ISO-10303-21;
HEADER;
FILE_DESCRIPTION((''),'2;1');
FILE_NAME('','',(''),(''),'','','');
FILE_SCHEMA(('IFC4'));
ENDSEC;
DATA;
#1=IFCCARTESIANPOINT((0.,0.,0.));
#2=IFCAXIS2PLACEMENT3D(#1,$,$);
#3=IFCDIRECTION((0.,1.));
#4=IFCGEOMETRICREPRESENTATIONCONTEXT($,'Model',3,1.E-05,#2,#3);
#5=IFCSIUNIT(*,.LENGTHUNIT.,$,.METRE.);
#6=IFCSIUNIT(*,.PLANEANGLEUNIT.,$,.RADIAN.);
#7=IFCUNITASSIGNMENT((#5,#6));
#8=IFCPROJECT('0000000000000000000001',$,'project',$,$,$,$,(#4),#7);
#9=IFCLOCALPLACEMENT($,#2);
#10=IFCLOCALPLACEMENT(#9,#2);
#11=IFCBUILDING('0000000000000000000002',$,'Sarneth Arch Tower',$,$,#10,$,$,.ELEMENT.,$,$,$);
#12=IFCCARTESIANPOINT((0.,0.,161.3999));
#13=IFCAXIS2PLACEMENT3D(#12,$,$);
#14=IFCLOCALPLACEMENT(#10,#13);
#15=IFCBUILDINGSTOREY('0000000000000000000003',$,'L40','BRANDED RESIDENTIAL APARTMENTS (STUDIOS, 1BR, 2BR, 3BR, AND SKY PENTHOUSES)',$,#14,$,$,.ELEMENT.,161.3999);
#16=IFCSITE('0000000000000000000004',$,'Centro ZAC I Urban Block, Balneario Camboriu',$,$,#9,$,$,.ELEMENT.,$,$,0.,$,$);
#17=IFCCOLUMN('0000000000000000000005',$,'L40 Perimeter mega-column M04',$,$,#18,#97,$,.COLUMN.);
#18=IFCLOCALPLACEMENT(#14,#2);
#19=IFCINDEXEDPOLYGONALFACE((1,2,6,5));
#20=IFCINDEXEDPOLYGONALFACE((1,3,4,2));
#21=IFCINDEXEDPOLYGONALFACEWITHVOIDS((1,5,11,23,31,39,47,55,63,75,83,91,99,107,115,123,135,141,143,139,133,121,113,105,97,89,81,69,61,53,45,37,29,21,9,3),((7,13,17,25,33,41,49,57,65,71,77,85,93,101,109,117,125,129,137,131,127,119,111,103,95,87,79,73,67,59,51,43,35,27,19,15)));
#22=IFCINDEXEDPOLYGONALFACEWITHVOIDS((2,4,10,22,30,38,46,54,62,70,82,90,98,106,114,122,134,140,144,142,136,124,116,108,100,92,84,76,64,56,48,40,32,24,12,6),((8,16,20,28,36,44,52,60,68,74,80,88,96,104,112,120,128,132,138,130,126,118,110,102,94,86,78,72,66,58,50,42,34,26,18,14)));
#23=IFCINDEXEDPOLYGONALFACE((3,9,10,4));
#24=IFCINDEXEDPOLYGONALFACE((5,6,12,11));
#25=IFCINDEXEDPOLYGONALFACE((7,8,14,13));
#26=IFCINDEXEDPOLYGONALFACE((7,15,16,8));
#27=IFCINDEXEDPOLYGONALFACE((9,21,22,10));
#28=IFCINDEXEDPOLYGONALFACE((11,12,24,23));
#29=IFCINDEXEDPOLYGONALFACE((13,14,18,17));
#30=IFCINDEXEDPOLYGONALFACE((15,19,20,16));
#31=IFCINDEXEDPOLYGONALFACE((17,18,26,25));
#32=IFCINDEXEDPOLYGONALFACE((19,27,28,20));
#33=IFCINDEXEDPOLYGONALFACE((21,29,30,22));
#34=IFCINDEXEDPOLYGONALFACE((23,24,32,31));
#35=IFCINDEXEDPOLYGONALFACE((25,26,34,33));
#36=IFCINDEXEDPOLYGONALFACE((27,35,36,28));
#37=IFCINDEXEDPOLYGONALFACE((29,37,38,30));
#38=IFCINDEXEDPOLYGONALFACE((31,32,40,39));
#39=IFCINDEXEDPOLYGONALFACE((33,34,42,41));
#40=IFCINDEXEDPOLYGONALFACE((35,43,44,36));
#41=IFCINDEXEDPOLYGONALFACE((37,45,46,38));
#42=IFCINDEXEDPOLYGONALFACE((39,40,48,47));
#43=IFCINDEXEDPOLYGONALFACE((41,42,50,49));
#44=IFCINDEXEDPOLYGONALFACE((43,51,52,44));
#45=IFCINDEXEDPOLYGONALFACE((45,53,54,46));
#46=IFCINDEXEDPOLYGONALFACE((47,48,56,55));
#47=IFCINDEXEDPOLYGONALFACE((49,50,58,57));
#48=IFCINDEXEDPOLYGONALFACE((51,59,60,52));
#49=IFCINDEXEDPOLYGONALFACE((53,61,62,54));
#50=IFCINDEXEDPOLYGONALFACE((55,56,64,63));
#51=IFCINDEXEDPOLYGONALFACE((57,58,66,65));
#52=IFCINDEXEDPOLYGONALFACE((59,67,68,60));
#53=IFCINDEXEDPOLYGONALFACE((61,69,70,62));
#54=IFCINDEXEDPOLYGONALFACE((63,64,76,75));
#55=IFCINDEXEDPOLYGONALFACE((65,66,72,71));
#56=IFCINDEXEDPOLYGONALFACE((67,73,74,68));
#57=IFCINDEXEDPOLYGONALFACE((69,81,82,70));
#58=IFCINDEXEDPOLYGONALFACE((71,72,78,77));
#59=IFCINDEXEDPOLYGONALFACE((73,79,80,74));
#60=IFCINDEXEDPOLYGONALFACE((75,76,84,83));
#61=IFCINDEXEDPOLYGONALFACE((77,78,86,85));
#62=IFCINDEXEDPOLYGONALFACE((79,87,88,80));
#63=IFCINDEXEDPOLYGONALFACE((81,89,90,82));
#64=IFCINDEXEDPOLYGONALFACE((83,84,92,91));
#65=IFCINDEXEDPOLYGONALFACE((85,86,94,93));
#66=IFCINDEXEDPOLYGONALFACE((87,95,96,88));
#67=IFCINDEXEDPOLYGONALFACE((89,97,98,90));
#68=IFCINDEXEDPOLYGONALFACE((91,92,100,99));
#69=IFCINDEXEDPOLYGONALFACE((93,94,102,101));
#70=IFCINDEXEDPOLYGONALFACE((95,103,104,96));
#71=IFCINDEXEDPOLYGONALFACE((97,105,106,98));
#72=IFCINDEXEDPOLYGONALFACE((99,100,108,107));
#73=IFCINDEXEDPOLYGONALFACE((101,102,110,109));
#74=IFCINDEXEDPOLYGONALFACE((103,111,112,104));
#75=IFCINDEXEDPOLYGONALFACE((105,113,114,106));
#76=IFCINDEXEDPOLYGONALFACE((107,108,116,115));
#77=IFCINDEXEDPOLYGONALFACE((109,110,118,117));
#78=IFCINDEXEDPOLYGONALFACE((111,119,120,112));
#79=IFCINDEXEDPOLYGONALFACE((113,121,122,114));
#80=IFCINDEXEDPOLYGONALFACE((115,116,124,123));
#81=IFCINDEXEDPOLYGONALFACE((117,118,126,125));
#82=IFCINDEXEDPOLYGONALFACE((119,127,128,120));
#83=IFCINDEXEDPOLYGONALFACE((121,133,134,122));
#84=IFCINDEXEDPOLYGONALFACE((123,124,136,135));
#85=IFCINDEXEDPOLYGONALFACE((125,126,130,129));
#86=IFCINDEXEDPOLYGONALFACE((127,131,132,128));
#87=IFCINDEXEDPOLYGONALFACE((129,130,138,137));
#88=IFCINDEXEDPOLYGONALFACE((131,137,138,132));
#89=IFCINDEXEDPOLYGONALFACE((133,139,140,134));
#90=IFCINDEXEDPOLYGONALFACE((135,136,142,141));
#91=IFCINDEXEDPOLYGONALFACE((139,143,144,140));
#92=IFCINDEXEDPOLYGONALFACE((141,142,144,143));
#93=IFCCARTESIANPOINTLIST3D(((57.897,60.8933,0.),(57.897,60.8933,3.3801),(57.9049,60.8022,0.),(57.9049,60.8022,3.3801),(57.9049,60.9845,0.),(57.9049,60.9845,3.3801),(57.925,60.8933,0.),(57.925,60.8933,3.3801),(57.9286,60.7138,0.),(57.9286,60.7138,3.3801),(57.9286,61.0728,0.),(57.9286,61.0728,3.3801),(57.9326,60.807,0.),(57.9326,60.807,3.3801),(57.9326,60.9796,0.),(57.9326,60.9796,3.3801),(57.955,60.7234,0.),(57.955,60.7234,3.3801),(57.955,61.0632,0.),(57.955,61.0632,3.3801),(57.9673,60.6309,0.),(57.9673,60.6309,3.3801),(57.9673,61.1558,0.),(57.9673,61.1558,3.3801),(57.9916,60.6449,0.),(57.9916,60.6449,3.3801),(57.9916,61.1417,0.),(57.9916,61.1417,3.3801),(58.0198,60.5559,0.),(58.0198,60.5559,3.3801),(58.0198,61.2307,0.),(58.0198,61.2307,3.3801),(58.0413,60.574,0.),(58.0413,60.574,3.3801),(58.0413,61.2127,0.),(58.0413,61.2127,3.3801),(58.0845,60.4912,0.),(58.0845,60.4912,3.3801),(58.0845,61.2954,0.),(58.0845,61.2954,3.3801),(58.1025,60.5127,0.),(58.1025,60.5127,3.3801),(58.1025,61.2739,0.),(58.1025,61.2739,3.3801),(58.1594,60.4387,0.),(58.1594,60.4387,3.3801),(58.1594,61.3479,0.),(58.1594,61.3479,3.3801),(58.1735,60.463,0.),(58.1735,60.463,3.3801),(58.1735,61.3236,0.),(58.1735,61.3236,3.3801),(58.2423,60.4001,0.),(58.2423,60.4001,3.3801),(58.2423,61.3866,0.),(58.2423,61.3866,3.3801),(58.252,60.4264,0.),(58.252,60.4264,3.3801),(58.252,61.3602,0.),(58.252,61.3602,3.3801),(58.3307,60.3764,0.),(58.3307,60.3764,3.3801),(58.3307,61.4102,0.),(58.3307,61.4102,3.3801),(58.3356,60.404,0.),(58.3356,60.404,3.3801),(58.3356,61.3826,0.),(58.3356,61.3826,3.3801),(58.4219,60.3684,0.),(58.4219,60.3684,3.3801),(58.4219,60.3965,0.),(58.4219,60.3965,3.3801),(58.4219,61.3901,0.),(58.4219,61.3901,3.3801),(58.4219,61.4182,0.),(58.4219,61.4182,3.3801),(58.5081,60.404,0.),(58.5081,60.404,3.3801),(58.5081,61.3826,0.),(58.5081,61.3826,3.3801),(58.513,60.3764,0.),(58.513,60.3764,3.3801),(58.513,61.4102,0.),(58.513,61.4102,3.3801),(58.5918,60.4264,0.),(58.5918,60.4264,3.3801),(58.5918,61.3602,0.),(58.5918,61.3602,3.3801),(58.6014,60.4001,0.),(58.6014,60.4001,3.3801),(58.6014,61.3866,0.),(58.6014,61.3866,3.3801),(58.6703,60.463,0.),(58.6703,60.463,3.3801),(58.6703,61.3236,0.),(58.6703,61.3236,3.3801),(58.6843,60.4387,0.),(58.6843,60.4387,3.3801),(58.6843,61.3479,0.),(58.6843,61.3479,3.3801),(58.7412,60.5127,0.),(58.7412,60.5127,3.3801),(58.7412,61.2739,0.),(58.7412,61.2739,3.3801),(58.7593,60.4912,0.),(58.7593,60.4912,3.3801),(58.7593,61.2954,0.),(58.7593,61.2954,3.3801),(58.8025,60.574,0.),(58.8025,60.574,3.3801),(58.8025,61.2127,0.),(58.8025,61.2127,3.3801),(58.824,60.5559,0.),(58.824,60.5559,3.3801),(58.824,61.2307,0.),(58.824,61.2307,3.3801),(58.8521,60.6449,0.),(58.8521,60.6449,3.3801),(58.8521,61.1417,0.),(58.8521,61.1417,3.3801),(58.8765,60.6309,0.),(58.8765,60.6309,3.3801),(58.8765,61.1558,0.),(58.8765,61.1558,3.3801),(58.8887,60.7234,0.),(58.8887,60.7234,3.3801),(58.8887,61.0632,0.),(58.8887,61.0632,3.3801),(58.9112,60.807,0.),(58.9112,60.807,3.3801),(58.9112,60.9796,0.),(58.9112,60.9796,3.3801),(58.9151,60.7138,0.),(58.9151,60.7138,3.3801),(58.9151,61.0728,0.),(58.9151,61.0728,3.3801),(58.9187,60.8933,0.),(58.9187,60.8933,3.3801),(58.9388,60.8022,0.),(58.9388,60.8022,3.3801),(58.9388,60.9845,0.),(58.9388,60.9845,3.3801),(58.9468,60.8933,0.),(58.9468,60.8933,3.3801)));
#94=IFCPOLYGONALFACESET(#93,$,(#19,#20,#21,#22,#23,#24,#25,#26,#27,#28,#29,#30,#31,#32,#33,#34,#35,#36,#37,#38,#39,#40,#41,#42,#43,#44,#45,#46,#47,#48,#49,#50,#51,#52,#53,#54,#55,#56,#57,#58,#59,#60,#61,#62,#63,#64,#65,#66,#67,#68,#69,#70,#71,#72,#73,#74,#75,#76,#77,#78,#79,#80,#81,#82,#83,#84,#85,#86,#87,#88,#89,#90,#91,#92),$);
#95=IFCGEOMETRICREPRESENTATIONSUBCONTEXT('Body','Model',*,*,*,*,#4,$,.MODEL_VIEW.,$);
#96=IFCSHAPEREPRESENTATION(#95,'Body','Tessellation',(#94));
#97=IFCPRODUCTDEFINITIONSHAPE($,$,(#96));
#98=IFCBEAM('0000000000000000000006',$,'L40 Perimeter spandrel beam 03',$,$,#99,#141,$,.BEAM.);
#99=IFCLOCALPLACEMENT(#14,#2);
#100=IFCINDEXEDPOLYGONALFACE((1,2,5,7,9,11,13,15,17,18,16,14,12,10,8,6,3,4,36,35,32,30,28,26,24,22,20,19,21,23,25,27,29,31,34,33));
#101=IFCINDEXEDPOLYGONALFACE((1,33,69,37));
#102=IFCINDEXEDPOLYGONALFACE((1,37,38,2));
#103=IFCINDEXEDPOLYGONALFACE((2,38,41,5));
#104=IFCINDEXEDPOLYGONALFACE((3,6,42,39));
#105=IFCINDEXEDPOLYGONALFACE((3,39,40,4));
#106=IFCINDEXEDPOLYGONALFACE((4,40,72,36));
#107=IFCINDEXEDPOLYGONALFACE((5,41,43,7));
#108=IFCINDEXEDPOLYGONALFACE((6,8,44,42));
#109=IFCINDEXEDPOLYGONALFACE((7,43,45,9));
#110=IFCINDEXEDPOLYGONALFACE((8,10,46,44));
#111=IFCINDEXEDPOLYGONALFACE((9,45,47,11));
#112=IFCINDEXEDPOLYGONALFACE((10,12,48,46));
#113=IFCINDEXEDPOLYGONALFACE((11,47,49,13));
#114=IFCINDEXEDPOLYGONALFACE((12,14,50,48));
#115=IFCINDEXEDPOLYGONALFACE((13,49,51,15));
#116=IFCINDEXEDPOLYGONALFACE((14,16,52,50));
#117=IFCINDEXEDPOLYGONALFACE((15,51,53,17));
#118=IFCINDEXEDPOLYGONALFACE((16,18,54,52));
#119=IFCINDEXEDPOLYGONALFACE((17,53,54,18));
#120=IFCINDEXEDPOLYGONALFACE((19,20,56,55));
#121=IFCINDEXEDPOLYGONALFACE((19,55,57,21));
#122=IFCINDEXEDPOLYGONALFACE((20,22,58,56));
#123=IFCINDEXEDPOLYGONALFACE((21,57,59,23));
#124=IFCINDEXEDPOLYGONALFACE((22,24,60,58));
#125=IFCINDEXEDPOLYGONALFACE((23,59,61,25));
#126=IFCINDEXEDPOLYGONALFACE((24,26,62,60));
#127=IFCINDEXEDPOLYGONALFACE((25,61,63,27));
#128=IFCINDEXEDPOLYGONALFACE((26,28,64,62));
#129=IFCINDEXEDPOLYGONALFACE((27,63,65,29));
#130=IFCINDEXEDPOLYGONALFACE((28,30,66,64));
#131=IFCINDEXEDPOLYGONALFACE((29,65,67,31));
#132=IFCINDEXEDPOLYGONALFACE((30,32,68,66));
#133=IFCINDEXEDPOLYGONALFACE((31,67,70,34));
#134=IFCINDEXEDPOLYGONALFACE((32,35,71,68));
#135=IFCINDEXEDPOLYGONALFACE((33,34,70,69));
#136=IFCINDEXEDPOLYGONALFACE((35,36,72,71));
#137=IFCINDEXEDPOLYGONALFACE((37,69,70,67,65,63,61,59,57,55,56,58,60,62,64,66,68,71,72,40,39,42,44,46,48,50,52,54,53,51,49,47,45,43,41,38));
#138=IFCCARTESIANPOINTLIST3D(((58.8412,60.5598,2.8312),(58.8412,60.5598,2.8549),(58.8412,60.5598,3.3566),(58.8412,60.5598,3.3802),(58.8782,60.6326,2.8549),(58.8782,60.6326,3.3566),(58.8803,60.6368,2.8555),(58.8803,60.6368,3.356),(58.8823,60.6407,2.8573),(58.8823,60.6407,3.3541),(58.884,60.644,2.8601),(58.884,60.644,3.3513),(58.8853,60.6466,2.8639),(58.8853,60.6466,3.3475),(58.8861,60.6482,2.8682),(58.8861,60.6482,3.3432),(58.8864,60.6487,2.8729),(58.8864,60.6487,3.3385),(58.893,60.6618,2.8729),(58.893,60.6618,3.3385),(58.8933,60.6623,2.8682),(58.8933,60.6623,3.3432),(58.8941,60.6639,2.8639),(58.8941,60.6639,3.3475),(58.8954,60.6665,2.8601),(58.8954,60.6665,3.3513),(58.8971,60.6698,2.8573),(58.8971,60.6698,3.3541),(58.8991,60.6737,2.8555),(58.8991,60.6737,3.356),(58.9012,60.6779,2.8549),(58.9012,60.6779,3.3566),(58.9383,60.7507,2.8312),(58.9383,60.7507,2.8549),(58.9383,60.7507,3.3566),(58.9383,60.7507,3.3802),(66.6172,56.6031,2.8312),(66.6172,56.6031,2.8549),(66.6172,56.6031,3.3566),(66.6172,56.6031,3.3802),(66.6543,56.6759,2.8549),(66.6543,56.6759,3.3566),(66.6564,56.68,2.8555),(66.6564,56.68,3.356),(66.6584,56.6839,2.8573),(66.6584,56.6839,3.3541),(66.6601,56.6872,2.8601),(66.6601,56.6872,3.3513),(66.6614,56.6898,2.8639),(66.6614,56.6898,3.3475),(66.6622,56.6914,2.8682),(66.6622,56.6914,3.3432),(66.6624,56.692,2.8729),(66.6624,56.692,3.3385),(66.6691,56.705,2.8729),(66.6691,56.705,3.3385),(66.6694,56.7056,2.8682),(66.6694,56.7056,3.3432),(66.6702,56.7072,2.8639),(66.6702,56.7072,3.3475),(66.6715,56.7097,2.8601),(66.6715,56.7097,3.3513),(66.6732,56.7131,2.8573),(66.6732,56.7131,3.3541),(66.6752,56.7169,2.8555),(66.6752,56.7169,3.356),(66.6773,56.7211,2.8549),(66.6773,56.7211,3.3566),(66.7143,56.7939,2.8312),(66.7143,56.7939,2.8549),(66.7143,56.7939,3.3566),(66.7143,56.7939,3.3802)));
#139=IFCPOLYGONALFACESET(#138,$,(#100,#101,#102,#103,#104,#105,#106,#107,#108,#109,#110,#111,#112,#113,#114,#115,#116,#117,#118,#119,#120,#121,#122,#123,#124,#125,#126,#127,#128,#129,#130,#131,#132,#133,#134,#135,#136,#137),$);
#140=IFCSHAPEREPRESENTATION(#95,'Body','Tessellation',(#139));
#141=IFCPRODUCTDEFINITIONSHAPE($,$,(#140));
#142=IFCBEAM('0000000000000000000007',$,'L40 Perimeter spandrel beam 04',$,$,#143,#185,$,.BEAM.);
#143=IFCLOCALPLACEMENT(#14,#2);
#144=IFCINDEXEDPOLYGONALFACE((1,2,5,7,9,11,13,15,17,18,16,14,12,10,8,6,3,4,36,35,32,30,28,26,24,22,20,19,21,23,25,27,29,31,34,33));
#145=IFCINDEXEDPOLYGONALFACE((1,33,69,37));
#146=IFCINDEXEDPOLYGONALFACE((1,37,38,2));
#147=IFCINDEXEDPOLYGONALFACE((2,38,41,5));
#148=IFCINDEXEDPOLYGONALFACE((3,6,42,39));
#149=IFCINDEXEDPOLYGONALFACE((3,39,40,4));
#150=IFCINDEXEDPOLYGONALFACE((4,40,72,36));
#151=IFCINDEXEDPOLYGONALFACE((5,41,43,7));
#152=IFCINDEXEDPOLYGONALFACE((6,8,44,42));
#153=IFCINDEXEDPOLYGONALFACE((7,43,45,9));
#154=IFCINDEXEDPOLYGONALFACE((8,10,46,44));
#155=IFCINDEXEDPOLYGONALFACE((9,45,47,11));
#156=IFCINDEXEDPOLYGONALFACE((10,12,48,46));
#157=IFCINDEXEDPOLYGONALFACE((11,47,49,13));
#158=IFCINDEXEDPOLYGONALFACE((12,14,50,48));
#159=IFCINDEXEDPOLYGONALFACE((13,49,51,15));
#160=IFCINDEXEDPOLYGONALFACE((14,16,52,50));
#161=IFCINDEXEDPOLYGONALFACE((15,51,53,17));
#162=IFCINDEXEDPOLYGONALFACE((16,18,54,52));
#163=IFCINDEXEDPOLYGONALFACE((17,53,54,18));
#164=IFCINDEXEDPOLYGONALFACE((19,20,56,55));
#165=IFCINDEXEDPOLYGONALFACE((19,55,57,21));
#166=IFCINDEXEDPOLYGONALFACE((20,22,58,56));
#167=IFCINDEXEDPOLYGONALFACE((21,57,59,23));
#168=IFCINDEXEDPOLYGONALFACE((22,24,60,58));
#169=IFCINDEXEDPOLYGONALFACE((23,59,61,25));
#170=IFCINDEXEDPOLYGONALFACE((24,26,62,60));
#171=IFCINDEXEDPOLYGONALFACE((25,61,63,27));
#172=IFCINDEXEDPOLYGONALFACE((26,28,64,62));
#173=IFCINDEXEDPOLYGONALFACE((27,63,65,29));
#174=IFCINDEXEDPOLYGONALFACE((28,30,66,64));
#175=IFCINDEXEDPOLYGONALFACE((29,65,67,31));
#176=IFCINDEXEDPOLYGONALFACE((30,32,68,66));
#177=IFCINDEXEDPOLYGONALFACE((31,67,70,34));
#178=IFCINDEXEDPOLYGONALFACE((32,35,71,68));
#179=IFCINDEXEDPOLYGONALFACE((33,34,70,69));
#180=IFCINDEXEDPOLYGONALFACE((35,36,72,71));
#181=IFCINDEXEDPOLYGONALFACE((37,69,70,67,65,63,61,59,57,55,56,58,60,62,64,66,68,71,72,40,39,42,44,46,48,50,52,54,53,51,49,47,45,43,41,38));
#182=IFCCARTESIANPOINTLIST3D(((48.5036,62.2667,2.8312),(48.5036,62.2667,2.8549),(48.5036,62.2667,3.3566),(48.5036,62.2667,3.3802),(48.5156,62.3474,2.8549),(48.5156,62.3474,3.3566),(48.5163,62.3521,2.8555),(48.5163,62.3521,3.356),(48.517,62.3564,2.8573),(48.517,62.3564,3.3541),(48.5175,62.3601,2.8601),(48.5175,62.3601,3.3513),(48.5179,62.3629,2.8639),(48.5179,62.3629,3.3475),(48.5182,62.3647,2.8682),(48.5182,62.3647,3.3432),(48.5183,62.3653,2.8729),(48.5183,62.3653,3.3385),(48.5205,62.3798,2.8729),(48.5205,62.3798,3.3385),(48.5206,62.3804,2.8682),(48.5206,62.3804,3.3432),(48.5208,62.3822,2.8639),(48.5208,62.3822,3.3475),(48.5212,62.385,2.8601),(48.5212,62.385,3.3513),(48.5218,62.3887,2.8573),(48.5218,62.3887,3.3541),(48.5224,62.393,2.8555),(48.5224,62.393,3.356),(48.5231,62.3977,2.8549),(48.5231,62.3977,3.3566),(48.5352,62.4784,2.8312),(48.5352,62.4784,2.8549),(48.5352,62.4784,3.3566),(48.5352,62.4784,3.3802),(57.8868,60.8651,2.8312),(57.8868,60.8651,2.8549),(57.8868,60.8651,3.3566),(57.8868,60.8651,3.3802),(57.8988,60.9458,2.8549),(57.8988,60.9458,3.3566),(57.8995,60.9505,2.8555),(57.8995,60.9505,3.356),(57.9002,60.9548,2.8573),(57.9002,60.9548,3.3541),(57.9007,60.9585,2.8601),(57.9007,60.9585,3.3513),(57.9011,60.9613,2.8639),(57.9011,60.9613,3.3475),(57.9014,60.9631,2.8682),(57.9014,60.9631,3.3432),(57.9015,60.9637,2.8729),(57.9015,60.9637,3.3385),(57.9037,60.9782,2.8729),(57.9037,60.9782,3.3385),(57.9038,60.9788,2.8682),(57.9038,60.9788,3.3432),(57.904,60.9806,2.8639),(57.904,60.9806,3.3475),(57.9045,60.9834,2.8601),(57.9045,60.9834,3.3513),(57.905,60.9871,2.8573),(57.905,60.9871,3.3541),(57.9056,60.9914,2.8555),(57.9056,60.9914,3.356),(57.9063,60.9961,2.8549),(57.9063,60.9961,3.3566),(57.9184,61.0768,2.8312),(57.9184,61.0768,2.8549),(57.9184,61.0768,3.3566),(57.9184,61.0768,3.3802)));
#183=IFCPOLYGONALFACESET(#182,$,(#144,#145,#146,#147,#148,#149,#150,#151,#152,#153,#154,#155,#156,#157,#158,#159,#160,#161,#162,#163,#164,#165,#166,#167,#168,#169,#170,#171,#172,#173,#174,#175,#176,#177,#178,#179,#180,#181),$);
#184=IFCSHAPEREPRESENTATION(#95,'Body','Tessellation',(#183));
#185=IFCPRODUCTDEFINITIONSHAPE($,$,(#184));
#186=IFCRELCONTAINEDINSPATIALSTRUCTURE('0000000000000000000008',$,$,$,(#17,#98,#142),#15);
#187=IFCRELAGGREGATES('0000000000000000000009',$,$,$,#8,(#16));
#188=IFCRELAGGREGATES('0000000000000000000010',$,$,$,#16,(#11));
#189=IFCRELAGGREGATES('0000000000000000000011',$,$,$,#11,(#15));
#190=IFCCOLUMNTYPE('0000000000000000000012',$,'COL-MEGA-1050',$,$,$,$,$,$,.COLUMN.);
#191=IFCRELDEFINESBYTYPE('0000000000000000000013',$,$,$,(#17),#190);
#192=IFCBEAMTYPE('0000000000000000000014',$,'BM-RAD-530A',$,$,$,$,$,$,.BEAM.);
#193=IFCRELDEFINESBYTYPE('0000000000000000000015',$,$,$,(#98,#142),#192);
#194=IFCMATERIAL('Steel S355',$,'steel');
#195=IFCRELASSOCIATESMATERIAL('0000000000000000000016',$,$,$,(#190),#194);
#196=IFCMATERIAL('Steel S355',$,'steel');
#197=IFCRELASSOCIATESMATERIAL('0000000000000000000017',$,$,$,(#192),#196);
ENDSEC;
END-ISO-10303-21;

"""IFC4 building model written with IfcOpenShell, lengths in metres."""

from ifc_helpers import new_model, si_unit, direction, frame, origin, origin_2d, place, context, subcontext, project, spatial, hollow_circle, i_section, extrude, material, material_profile, profile_set, type_object, element, save


model = new_model("IFC4")

# Units and contexts
model_context = context("Model", 3, precision=1e-05, world=origin(), true_north=direction((0.0, 1.0)))
body_context = subcontext(model_context, "Body", "Model", "MODEL_VIEW")
ifc_project = project(units=[si_unit("LENGTHUNIT", "METRE"), si_unit("PLANEANGLEUNIT", "RADIAN")], contexts=[model_context])

# Site, building, storey
site_placement = place(None, origin())
site = spatial("IfcSite", under=ifc_project, at=site_placement, Name="Centro ZAC I Urban Block, Balneario Camboriu", CompositionType="ELEMENT", RefElevation=0.0)
building_placement = place(site_placement, origin())
building = spatial("IfcBuilding", under=site, at=building_placement, Name="Sarneth Arch Tower", CompositionType="ELEMENT")
storey_placement = place(building_placement, frame((0.0, 0.0, 161.3999)))
storey = spatial("IfcBuildingStorey", under=building, at=storey_placement, Name="L40", Description="BRANDED RESIDENTIAL APARTMENTS (STUDIOS, 1BR, 2BR, 3BR, AND SKY PENTHOUSES)", CompositionType="ELEMENT", Elevation=161.3999)

# Column
ifc_material_1 = material(Name="Steel S355", Category="steel")
ifc_material_profile_1 = material_profile(ifc_material_1, hollow_circle(Radius=0.5249, WallThickness=0.0281, at=origin_2d()), Name="CHS1050x28")
ifc_profile_set_1 = profile_set([ifc_material_profile_1], Name="Steel S355")
column_type = type_object("IfcColumnType", Name="COL-MEGA-1050", PredefinedType="COLUMN", material=ifc_profile_set_1)
column_placement = place(storey_placement, frame((58.4219, 60.8933, 0.0), z_axis=(0.0, 0.0, 1.0), x_axis=(1.0, 0.0, 0.0)))
element("IfcColumn", 1, at=column_placement, inside=storey, type_object=column_type, Name="L40 Perimeter mega-column M04", PredefinedType="COLUMN", context=body_context, shape_type="SweptSolid", body=[
    extrude(hollow_circle(Radius=0.5249, WallThickness=0.0281, at=origin_2d()), origin(), (0.0, 0.0, 1.0), 3.3801),
])

# Beams
ifc_material_2 = material(Name="Steel S355", Category="steel")
ifc_material_profile_2 = material_profile(ifc_material_2, i_section(OverallWidth=0.2141, OverallDepth=0.5491, WebThickness=0.0146, FlangeThickness=0.0237, FilletRadius=0.0181, at=origin_2d()), Name="W530x138")
ifc_profile_set_2 = profile_set([ifc_material_profile_2], Name="Steel S355")
beam_type = type_object("IfcBeamType", Name="BM-RAD-530A", PredefinedType="BEAM", material=ifc_profile_set_2)
beam_1_placement = place(storey_placement, frame((66.6658, 56.6985, 3.1057), z_axis=(-0.891254, 0.453504, 0.0), x_axis=(-0.453504, -0.891254, 0.0)))
element("IfcBeam", 2, at=beam_1_placement, inside=storey, type_object=beam_type, Name="L40 Perimeter spandrel beam 03", PredefinedType="BEAM", context=body_context, shape_type="SweptSolid", body=[
    extrude(i_section(OverallWidth=0.2141, OverallDepth=0.5491, WebThickness=0.0146, FlangeThickness=0.0237, FilletRadius=0.0181, at=origin_2d()), origin(), (0.0, 0.0, 1.0), 8.7249),
])
beam_2_placement = place(storey_placement, frame((57.9026, 60.9709, 3.1057), z_axis=(-0.989027, 0.147734, 0.0), x_axis=(-0.147734, -0.989027, 0.0)))
element("IfcBeam", 3, at=beam_2_placement, inside=storey, type_object=beam_type, Name="L40 Perimeter spandrel beam 04", PredefinedType="BEAM", context=body_context, shape_type="SweptSolid", body=[
    extrude(i_section(OverallWidth=0.2141, OverallDepth=0.5491, WebThickness=0.0146, FlangeThickness=0.0237, FilletRadius=0.0181, at=origin_2d()), origin(), (0.0, 0.0, 1.0), 9.4873),
])

save(model, "model.ifc")
